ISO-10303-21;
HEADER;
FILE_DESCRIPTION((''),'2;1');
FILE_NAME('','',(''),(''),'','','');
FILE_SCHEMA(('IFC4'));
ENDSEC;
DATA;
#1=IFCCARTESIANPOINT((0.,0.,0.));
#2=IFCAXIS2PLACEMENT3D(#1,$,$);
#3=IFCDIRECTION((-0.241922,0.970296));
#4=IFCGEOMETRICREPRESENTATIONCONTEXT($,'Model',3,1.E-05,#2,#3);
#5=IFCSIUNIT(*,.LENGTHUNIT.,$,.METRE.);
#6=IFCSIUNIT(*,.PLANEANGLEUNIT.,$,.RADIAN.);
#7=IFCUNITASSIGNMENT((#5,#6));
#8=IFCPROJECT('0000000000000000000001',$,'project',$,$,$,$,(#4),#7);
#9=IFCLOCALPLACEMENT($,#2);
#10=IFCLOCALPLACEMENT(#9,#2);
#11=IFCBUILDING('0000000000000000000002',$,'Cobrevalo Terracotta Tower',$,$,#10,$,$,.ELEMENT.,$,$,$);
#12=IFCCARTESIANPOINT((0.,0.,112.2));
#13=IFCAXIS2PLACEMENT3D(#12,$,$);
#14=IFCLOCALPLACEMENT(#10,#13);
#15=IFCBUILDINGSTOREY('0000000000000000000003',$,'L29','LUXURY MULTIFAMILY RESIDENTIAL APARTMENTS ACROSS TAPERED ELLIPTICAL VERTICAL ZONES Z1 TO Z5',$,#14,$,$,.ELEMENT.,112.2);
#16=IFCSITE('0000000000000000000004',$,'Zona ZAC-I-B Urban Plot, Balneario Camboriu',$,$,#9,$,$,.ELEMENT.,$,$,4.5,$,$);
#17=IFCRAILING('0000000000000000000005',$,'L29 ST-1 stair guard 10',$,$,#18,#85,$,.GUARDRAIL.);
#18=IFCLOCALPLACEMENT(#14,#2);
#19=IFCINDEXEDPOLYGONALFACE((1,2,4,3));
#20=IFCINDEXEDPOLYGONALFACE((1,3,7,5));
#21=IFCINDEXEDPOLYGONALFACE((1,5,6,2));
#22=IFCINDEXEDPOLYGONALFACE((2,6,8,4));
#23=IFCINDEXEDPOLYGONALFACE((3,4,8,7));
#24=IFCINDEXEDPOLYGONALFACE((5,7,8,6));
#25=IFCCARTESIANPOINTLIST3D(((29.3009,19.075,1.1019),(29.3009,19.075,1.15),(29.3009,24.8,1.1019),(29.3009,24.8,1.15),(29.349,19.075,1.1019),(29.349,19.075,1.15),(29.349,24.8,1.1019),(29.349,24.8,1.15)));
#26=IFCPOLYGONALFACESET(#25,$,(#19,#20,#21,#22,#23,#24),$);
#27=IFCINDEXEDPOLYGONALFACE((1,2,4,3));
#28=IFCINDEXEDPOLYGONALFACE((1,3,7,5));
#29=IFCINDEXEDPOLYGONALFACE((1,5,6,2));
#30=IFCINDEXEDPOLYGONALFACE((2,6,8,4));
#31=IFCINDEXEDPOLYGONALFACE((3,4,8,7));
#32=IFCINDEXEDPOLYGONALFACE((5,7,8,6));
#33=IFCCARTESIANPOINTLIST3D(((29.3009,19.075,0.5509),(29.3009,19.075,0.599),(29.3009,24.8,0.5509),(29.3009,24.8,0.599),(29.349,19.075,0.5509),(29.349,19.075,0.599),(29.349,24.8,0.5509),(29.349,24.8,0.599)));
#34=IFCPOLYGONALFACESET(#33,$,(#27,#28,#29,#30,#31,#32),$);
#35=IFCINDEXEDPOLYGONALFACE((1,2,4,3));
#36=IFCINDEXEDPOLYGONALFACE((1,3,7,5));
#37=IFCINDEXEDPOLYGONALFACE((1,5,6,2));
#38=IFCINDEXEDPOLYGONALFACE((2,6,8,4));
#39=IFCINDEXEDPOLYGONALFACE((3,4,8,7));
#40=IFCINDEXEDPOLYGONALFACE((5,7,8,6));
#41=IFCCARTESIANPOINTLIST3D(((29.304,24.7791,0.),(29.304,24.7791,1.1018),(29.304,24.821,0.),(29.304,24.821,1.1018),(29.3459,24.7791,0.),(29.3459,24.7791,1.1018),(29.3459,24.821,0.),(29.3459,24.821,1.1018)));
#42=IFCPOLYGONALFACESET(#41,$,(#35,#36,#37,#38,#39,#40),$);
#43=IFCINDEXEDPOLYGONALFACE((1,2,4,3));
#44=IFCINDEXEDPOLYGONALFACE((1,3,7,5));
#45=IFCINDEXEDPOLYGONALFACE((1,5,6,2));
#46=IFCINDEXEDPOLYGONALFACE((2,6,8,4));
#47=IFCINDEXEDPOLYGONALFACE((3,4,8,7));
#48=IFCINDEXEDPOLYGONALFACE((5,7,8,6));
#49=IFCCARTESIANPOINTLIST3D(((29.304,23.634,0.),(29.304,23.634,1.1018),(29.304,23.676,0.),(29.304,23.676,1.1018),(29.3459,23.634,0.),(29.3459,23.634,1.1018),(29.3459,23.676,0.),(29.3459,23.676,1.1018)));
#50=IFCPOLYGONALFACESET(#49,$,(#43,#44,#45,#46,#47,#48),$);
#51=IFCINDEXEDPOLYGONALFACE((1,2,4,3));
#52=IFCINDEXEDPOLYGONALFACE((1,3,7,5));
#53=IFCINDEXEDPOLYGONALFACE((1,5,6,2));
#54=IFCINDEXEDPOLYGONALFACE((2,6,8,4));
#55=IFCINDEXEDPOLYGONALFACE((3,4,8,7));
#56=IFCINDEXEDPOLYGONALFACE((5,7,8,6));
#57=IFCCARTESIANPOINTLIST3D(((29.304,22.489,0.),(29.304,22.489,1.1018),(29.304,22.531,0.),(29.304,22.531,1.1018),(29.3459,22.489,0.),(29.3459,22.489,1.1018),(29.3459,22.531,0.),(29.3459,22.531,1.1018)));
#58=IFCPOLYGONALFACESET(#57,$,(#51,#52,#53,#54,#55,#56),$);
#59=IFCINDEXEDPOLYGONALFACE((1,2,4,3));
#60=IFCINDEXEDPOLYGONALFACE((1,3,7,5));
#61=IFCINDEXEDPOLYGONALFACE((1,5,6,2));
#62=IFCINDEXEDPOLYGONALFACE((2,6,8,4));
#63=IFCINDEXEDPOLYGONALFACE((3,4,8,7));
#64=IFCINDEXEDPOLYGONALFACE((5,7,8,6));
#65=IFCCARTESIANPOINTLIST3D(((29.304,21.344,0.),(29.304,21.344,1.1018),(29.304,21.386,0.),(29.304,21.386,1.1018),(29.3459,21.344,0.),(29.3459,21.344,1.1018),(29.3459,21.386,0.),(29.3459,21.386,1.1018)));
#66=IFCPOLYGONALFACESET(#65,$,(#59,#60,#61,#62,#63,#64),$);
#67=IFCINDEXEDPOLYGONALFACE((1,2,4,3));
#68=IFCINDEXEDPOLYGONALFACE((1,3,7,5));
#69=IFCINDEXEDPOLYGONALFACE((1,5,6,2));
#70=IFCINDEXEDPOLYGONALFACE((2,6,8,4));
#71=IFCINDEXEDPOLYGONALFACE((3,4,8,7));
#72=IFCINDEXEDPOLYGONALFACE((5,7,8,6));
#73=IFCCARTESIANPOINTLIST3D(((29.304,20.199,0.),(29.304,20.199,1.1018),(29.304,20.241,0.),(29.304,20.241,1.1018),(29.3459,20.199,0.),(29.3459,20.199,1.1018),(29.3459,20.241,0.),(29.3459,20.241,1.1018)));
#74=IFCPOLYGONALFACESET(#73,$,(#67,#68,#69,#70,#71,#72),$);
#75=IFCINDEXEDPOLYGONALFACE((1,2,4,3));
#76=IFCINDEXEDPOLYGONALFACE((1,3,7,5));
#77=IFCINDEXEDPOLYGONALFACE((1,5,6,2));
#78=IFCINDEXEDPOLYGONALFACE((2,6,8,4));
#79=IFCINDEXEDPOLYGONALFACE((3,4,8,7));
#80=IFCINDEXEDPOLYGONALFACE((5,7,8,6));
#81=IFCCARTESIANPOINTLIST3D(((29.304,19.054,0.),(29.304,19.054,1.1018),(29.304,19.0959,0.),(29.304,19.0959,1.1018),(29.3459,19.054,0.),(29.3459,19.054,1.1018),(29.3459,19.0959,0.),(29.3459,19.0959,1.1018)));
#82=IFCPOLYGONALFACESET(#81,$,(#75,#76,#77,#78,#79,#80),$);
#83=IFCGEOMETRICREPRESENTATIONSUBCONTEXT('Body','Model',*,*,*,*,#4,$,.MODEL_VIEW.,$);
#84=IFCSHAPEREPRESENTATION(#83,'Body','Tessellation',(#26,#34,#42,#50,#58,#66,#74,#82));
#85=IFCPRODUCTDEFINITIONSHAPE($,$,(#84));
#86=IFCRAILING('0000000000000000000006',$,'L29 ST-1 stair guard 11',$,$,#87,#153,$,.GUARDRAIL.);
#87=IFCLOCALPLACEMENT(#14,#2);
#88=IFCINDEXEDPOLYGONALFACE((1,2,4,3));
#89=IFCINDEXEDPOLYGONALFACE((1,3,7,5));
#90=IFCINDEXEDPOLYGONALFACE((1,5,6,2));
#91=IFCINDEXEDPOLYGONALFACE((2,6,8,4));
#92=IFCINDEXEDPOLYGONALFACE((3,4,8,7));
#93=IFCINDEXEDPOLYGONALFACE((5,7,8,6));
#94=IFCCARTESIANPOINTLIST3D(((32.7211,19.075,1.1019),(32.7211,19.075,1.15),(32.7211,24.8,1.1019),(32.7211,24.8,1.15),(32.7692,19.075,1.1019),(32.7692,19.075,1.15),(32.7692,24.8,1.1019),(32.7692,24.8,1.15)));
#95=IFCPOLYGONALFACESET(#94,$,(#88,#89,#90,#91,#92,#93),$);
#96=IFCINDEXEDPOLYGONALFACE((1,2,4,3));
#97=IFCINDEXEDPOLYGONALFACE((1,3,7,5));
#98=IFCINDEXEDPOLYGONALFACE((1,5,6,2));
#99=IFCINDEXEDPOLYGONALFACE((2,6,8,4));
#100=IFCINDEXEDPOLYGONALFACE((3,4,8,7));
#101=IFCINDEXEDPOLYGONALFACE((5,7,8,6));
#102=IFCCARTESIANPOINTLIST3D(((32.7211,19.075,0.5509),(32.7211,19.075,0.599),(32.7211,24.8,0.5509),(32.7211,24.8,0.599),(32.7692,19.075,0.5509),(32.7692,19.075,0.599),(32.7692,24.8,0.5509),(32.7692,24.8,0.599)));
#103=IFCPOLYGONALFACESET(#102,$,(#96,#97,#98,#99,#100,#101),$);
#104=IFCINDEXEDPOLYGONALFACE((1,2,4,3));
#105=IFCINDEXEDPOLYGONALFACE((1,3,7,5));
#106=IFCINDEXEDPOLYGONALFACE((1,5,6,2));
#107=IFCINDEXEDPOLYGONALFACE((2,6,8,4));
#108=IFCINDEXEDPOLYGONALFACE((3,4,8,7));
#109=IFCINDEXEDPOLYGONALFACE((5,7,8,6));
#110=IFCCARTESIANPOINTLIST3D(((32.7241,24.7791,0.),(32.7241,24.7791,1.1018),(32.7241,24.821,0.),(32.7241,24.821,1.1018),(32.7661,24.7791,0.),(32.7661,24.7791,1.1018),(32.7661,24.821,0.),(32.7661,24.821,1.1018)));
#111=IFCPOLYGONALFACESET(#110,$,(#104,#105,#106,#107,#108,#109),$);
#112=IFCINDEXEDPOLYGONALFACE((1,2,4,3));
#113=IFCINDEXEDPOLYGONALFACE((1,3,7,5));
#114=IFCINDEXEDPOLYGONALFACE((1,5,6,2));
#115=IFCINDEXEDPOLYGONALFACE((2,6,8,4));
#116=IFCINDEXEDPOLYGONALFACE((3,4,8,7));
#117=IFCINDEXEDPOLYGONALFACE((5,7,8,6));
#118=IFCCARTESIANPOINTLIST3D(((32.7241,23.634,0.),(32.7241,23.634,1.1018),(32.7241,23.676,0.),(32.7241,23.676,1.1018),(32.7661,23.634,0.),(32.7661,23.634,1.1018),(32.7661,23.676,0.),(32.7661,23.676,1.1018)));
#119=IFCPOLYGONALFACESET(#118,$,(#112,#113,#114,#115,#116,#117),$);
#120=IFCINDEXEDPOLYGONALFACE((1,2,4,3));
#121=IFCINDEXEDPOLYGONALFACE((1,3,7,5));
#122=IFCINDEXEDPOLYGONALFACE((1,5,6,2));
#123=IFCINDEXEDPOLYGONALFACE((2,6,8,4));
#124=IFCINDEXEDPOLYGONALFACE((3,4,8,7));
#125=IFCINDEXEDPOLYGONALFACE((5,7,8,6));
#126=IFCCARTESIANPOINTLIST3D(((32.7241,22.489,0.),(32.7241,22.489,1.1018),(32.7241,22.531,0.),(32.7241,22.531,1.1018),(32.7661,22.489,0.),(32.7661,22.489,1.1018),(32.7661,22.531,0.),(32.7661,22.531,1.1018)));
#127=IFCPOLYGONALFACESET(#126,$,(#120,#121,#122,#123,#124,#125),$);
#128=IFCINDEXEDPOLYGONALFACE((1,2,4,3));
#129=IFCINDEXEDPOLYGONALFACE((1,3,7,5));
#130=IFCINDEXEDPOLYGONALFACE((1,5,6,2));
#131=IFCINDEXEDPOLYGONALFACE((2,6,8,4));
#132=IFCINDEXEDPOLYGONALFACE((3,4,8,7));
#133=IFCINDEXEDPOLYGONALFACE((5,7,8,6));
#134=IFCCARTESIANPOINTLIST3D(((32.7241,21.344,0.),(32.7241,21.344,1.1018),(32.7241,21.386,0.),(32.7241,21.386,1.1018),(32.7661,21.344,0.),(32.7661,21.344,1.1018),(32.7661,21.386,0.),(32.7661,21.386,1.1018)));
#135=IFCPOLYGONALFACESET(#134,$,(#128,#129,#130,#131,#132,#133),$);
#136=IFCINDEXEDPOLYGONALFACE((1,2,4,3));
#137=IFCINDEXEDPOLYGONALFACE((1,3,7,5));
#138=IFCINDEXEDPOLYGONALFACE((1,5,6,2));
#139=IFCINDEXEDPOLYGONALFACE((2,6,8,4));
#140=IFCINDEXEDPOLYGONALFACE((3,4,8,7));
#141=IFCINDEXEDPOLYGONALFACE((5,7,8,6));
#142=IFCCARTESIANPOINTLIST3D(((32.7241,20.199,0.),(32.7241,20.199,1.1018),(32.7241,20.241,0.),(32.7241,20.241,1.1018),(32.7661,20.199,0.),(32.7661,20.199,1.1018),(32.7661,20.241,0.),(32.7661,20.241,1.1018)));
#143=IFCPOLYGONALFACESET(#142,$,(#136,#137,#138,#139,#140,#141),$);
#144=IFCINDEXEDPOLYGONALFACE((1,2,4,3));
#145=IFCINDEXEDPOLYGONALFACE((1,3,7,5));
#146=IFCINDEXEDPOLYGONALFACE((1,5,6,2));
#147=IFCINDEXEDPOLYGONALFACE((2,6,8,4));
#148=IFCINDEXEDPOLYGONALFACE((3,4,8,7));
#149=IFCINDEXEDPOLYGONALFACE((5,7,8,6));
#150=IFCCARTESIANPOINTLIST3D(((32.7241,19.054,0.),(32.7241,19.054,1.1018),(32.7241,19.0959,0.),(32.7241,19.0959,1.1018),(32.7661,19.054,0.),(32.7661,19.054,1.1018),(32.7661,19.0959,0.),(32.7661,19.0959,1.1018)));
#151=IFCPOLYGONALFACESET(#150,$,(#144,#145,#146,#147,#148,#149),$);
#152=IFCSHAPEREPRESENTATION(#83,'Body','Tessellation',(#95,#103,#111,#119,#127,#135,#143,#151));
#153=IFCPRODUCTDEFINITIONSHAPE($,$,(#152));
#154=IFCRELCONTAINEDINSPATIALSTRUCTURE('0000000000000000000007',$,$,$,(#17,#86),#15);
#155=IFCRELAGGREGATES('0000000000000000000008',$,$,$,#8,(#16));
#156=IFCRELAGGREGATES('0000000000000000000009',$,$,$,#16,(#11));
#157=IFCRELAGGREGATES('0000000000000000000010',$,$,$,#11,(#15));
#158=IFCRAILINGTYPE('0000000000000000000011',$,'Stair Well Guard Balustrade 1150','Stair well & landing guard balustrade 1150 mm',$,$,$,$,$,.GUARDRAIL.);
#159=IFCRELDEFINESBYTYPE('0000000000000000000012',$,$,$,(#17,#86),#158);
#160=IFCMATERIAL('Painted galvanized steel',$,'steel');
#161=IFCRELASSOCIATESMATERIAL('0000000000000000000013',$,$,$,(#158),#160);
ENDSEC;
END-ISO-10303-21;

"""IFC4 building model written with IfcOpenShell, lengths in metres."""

from ifc_helpers import new_model, si_unit, direction, frame, origin, origin_2d, place, context, subcontext, project, spatial, rectangle, extrude, material, type_object, element, save


model = new_model("IFC4")

# Units and contexts
model_context = context("Model", 3, precision=1e-05, world=origin(), true_north=direction((-0.241922, 0.970296)))
body_context = subcontext(model_context, "Body", "Model", "MODEL_VIEW")
ifc_project = project(units=[si_unit("LENGTHUNIT", "METRE"), si_unit("PLANEANGLEUNIT", "RADIAN")], contexts=[model_context])

# Site, building, storey
site_placement = place(None, origin())
site = spatial("IfcSite", under=ifc_project, at=site_placement, Name="Zona ZAC-I-B Urban Plot, Balneario Camboriu", CompositionType="ELEMENT", RefElevation=4.5)
building_placement = place(site_placement, origin())
building = spatial("IfcBuilding", under=site, at=building_placement, Name="Cobrevalo Terracotta Tower", CompositionType="ELEMENT")
storey_placement = place(building_placement, frame((0.0, 0.0, 112.2)))
storey = spatial("IfcBuildingStorey", under=building, at=storey_placement, Name="L29", Description="LUXURY MULTIFAMILY RESIDENTIAL APARTMENTS ACROSS TAPERED ELLIPTICAL VERTICAL ZONES Z1 TO Z5", CompositionType="ELEMENT", Elevation=112.2)

# Railings
ifc_material_1 = material(Name="Painted galvanized steel", Category="steel")
railing_type_1 = type_object("IfcRailingType", Name="Stair Well Guard Balustrade 1150", Description="Stair well & landing guard balustrade 1150 mm", PredefinedType="GUARDRAIL", material=ifc_material_1)
for number, where, name in (
    (1, (29.325, 24.8, 0.0), "L29 ST-1 stair guard 10"),
    (2, (32.7451, 24.8, 0.0), "L29 ST-1 stair guard 11"),
):
    element("IfcRailing", number, at=place(storey_placement, frame(where)), inside=storey, type_object=railing_type_1, Name=name, PredefinedType="GUARDRAIL", context=body_context, shape_type="SweptSolid", body=[
        extrude(rectangle(XDim=0.0481, YDim=0.0481, at=origin_2d()), frame((0.0, 0.0, 1.126), z_axis=(0.0, -1.0, 0.0), x_axis=(1.0, 0.0, 0.0)), (0.0, 0.0, 1.0), 5.7251),
        extrude(rectangle(XDim=0.0481, YDim=0.0481, at=origin_2d()), frame((0.0, 0.0, 0.575), z_axis=(0.0, -1.0, 0.0), x_axis=(1.0, 0.0, 0.0)), (0.0, 0.0, 1.0), 5.7251),
        extrude(rectangle(XDim=0.042, YDim=0.042, at=origin_2d()), origin(), (0.0, 0.0, 1.0), 1.1018),
        extrude(rectangle(XDim=0.042, YDim=0.042, at=origin_2d()), frame((0.0, -1.145, 0.0)), (0.0, 0.0, 1.0), 1.1018),
        extrude(rectangle(XDim=0.042, YDim=0.042, at=origin_2d()), frame((0.0, -2.29, 0.0)), (0.0, 0.0, 1.0), 1.1018),
        extrude(rectangle(XDim=0.042, YDim=0.042, at=origin_2d()), frame((0.0, -3.4351, 0.0)), (0.0, 0.0, 1.0), 1.1018),
        extrude(rectangle(XDim=0.042, YDim=0.042, at=origin_2d()), frame((0.0, -4.5801, 0.0)), (0.0, 0.0, 1.0), 1.1018),
        extrude(rectangle(XDim=0.042, YDim=0.042, at=origin_2d()), frame((0.0, -5.7251, 0.0)), (0.0, 0.0, 1.0), 1.1018),
    ])

save(model, "model.ifc")
